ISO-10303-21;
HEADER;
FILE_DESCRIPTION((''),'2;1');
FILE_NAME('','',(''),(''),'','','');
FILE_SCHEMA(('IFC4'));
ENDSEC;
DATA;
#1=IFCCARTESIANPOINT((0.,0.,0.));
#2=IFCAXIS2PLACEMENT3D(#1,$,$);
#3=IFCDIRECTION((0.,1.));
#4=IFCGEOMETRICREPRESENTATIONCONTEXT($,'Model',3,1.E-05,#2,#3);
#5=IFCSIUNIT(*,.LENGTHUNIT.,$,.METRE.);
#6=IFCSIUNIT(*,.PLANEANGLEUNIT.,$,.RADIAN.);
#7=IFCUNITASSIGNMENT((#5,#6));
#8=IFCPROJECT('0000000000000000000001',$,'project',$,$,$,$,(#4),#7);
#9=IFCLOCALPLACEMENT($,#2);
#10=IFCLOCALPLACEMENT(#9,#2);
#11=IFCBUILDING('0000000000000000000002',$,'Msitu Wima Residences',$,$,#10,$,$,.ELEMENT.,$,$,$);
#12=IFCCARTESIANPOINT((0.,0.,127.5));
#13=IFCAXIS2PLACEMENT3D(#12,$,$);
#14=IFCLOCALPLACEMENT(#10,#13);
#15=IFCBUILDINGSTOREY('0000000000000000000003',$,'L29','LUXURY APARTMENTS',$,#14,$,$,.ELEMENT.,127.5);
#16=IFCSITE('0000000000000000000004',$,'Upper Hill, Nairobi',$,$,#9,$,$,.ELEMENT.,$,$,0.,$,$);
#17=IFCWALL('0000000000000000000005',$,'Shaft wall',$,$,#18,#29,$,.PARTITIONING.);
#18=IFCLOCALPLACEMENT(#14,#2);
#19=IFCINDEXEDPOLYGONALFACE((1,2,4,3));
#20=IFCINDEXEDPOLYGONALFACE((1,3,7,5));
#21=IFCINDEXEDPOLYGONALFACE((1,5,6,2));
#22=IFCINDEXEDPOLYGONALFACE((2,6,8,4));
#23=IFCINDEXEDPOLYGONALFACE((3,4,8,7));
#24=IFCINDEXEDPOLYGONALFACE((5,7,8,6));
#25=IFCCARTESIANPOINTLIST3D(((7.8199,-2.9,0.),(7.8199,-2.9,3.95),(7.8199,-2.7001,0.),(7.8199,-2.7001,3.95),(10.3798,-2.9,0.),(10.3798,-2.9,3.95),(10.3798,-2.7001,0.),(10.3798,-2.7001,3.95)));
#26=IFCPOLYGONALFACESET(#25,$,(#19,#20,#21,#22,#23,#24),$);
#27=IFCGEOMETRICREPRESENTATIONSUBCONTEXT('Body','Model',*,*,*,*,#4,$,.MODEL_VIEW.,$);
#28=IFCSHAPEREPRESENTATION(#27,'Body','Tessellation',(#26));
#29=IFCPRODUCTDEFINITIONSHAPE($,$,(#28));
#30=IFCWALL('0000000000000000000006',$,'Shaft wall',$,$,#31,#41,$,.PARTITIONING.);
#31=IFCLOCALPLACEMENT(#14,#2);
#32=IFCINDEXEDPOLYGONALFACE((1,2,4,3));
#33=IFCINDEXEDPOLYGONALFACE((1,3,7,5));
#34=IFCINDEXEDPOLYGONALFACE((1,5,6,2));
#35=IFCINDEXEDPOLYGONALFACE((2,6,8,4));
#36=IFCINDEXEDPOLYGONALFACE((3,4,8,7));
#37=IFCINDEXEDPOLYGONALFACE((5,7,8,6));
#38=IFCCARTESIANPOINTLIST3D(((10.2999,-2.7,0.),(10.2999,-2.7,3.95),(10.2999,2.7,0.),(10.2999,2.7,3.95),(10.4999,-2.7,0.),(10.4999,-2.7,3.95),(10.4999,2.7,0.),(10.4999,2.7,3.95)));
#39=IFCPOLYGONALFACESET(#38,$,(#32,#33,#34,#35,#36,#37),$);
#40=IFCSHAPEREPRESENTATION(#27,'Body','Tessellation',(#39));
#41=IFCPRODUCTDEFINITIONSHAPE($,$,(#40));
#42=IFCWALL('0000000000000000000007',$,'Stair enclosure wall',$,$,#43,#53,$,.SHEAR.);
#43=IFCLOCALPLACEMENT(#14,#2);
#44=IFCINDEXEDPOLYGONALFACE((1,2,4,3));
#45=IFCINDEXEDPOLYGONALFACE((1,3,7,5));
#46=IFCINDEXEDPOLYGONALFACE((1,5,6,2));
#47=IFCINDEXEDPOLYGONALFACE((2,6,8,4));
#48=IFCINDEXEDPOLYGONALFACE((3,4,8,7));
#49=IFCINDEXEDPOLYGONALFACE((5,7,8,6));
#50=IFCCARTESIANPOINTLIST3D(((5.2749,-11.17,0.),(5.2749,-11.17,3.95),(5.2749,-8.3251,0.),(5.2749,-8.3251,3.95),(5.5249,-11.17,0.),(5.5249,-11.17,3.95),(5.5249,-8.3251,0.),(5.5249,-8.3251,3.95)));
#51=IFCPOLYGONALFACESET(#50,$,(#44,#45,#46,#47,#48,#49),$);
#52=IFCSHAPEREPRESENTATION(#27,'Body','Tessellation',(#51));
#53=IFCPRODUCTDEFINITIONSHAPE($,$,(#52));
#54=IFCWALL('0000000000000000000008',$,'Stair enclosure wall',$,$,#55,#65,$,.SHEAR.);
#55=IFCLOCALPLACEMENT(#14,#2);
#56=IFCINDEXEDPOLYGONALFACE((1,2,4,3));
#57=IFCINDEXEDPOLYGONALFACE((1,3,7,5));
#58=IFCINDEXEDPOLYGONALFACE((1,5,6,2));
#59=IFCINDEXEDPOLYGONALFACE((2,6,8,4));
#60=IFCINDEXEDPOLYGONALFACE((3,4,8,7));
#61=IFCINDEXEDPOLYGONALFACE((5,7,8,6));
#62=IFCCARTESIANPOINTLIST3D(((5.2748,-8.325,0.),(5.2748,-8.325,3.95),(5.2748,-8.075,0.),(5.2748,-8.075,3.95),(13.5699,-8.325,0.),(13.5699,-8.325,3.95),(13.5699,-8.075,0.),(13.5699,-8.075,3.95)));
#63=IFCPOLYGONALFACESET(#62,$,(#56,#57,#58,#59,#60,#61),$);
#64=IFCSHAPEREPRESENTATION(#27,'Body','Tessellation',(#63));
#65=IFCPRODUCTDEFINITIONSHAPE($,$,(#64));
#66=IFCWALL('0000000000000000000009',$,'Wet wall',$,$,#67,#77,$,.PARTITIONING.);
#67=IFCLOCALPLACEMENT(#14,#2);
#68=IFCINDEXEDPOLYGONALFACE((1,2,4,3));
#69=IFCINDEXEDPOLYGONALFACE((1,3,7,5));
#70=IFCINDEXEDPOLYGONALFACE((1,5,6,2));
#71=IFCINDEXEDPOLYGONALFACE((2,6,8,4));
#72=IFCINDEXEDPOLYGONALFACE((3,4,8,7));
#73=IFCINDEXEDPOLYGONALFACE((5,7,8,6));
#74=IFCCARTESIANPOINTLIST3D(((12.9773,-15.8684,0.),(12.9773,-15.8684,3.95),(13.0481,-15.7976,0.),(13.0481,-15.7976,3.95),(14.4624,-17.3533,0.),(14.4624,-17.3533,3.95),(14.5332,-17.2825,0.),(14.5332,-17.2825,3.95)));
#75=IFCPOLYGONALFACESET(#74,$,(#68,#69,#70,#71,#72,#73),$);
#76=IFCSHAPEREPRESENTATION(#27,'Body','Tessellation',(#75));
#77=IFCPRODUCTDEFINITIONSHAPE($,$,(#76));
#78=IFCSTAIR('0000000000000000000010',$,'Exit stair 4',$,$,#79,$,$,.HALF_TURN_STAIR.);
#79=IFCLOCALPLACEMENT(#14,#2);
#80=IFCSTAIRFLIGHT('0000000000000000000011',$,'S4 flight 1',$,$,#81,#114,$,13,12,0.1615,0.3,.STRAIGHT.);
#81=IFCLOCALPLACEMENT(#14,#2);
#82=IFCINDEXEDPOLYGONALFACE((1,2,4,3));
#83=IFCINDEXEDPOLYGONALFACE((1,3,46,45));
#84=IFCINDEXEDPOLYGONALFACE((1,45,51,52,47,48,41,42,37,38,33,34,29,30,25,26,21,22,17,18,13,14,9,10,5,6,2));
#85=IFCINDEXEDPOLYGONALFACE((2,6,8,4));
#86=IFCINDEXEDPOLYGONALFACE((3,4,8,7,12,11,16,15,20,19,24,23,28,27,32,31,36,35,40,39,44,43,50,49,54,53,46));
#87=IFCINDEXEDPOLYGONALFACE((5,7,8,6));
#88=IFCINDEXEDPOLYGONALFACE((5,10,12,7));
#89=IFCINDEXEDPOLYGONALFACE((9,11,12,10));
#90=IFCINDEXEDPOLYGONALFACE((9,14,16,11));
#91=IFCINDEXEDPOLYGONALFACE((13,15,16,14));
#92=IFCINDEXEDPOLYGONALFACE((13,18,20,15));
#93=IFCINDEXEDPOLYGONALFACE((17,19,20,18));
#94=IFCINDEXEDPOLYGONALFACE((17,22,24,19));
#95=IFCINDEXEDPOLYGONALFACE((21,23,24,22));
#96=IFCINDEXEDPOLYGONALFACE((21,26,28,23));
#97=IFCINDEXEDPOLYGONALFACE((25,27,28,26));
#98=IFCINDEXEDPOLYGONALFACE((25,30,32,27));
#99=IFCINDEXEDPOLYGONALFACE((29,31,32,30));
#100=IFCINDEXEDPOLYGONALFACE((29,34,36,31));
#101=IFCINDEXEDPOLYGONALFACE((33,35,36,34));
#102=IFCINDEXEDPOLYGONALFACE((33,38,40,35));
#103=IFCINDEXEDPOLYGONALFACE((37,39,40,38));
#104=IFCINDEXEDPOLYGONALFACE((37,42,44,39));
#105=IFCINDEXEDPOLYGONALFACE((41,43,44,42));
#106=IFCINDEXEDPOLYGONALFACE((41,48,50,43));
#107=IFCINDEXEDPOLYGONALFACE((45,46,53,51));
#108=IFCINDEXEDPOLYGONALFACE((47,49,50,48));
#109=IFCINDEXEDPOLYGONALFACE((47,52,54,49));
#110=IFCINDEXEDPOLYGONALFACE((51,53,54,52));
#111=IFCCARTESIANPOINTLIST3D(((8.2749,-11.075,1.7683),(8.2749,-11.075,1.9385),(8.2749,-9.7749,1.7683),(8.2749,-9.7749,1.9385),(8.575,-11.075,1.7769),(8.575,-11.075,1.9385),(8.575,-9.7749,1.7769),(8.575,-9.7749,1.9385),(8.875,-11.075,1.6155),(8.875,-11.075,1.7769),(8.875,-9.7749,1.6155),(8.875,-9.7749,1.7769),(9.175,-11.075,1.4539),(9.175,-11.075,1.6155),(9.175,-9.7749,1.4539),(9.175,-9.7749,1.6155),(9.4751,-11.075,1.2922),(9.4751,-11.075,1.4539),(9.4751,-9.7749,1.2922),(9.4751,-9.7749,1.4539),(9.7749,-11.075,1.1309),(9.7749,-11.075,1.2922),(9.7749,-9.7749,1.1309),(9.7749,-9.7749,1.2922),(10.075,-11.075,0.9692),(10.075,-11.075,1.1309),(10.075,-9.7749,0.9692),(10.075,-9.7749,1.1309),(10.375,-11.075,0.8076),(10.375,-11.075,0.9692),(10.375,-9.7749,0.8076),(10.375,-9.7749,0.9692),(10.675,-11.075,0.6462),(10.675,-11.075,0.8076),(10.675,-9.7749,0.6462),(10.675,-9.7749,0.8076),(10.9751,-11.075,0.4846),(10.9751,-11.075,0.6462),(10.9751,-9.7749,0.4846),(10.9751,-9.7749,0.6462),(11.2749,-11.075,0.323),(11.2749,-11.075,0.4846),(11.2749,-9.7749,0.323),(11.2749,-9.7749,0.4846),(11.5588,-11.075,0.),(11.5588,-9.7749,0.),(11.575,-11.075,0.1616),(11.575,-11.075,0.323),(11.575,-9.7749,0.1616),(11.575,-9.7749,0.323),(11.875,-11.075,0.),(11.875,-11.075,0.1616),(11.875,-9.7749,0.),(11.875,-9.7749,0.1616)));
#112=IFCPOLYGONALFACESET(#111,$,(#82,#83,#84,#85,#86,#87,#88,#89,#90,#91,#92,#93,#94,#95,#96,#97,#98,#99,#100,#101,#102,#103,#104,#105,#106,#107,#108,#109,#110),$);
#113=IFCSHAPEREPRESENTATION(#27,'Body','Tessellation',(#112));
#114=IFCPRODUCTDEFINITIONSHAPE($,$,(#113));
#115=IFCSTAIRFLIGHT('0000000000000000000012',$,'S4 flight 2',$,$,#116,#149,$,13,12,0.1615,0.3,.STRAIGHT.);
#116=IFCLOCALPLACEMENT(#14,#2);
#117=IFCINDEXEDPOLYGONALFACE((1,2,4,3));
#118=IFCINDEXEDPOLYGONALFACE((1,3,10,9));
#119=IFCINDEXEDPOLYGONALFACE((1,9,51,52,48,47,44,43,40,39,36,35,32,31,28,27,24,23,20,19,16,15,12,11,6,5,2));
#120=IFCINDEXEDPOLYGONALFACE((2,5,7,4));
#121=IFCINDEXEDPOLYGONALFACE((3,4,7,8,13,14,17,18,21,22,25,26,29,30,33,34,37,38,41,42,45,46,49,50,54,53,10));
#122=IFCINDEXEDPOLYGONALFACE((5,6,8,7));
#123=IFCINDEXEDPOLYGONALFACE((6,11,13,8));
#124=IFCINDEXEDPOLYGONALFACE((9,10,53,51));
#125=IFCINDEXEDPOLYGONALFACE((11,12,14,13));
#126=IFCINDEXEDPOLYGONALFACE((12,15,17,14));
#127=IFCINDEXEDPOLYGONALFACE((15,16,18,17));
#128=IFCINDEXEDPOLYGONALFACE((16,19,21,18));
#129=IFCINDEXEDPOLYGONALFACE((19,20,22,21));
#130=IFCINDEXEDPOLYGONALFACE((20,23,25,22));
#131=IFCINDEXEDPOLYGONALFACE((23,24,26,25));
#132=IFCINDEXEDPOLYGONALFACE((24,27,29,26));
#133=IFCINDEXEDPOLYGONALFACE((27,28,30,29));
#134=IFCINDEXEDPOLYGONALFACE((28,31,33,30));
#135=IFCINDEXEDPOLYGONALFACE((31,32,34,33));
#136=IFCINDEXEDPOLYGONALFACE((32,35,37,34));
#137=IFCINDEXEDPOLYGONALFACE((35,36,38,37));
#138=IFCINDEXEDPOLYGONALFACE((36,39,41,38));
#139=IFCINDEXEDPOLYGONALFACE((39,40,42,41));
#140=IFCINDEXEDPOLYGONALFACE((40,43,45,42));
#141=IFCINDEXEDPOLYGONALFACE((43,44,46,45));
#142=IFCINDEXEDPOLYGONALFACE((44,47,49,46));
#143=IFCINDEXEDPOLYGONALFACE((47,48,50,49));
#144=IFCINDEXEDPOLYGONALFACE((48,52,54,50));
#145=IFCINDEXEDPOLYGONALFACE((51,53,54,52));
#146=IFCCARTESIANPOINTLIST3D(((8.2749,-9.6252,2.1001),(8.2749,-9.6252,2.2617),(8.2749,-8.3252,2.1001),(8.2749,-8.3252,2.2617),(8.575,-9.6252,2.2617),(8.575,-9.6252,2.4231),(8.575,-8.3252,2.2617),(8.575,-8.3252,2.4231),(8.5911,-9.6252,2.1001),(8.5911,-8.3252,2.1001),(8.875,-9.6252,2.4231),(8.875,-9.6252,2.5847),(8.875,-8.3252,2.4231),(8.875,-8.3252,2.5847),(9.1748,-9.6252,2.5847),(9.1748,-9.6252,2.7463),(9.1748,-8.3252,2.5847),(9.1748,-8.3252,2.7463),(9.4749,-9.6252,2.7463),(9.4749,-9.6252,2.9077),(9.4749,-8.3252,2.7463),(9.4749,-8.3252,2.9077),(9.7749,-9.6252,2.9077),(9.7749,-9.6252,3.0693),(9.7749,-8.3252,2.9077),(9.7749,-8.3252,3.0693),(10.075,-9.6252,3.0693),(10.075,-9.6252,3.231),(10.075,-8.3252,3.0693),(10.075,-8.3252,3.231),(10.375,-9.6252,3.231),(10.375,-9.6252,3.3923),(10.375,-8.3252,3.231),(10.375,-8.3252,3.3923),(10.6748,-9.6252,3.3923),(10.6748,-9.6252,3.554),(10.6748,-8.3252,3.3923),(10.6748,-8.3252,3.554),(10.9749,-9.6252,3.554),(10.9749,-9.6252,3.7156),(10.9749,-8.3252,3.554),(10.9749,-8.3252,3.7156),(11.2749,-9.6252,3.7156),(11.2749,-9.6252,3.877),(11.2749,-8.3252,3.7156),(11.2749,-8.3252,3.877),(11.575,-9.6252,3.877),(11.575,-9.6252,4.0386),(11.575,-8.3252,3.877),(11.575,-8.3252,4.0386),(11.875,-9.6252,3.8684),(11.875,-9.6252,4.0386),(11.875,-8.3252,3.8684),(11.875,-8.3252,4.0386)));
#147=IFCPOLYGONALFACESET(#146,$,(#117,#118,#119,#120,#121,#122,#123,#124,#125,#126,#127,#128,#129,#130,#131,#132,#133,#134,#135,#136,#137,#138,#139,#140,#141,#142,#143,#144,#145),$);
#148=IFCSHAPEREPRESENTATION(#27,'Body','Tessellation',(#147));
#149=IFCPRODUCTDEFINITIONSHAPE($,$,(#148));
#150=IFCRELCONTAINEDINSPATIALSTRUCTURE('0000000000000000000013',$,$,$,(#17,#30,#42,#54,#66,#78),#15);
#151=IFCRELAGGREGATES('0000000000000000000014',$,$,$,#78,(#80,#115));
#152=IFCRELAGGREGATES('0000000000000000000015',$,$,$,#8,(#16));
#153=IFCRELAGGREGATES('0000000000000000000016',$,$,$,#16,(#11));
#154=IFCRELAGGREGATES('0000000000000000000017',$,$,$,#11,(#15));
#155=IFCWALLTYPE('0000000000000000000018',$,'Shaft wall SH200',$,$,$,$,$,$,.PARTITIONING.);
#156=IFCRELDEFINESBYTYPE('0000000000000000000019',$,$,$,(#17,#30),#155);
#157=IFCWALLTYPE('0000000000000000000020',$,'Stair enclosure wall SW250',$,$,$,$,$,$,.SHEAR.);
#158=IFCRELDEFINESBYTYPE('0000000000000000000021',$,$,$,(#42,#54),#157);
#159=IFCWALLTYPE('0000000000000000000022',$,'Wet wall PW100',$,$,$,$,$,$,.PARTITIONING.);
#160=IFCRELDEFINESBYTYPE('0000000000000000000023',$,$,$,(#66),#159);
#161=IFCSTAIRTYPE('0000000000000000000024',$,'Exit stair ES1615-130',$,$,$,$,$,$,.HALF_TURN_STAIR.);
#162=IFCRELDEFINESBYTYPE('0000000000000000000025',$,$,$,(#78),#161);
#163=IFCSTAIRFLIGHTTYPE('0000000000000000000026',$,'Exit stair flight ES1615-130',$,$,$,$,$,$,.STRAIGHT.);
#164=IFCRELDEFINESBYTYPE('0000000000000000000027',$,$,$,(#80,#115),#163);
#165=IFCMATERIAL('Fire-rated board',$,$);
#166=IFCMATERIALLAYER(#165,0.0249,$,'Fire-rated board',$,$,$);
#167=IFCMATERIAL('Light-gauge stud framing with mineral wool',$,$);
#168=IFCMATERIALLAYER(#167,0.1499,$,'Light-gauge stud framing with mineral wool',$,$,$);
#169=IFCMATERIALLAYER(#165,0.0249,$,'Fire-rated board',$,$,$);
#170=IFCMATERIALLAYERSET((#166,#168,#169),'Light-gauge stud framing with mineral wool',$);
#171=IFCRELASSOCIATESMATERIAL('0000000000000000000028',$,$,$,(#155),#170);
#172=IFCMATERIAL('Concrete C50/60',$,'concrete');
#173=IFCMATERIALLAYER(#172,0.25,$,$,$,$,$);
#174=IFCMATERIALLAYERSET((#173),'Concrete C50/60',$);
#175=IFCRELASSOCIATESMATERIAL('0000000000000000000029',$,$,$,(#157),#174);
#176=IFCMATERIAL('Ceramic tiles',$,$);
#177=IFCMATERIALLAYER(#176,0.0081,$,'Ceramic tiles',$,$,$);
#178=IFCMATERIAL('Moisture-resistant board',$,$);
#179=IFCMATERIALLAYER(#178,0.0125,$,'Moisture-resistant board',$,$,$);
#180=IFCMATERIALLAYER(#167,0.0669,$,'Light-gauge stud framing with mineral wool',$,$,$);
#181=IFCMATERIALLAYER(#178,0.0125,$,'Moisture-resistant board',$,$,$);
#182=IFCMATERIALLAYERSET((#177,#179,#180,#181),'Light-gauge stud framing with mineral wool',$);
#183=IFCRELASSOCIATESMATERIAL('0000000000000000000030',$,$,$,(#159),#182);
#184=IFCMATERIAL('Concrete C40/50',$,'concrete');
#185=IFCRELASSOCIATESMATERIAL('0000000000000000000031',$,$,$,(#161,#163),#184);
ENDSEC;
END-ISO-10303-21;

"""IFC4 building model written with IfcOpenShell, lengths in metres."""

from ifc_helpers import new_model, si_unit, direction, frame, frame_2d, origin, place, context, subcontext, project, spatial, polyline, rectangle, outline, extrude, material, layer, layer_set, type_object, element, aggregate, save


model = new_model("IFC4")

# Units and contexts
model_context = context("Model", 3, precision=1e-05, world=origin(), true_north=direction((0.0, 1.0)))
body_context = subcontext(model_context, "Body", "Model", "MODEL_VIEW")
ifc_project = project(units=[si_unit("LENGTHUNIT", "METRE"), si_unit("PLANEANGLEUNIT", "RADIAN")], contexts=[model_context])

# Site, building, storey
site_placement = place(None, origin())
site = spatial("IfcSite", under=ifc_project, at=site_placement, Name="Upper Hill, Nairobi", CompositionType="ELEMENT", RefElevation=0.0)
building_placement = place(site_placement, origin())
building = spatial("IfcBuilding", under=site, at=building_placement, Name="Msitu Wima Residences", CompositionType="ELEMENT")
storey_placement = place(building_placement, frame((0.0, 0.0, 127.5)))
storey = spatial("IfcBuildingStorey", under=building, at=storey_placement, Name="L29", Description="LUXURY APARTMENTS", CompositionType="ELEMENT", Elevation=127.5)

# Shared definitions
ifc_material_1 = material(Name="Concrete C40/50", Category="concrete")

# Walls
ifc_material_2 = material(Name="Fire-rated board")
ifc_layer_1 = layer(ifc_material_2, 0.0249, Name="Fire-rated board")
ifc_material_3 = material(Name="Light-gauge stud framing with mineral wool")
ifc_layer_2 = layer(ifc_material_3, 0.1499, Name="Light-gauge stud framing with mineral wool")
ifc_layer_3 = layer(ifc_material_2, 0.0249, Name="Fire-rated board")
ifc_layer_set_1 = layer_set([ifc_layer_1, ifc_layer_2, ifc_layer_3], Name="Light-gauge stud framing with mineral wool")
wall_type_1 = type_object("IfcWallType", Name="Shaft wall SH200", PredefinedType="PARTITIONING", material=ifc_layer_set_1)
wall_1_placement = place(storey_placement, frame((7.8201, -2.8, 0.0), z_axis=(0.0, 0.0, 1.0), x_axis=(1.0, 0.0, 0.0)))
element("IfcWall", 1, at=wall_1_placement, inside=storey, type_object=wall_type_1, Name="Shaft wall", PredefinedType="PARTITIONING", context=body_context, shape_type="SweptSolid", body=[
    extrude(rectangle(XDim=2.5598, YDim=0.2, at=frame_2d((1.2798, 0.0))), origin(), (0.0, 0.0, 1.0), 3.95),
])
wall_2_placement = place(storey_placement, frame((10.3999, -2.7, 0.0), z_axis=(0.0, 0.0, 1.0), x_axis=(0.0, 1.0, 0.0)))
element("IfcWall", 2, at=wall_2_placement, inside=storey, type_object=wall_type_1, Name="Shaft wall", PredefinedType="PARTITIONING", context=body_context, shape_type="SweptSolid", body=[
    extrude(rectangle(XDim=5.3999, YDim=0.2, at=frame_2d((2.7, 0.0))), origin(), (0.0, 0.0, 1.0), 3.95),
])
ifc_material_4 = material(Name="Concrete C50/60", Category="concrete")
ifc_layer_4 = layer(ifc_material_4, 0.25)
ifc_layer_set_2 = layer_set([ifc_layer_4], Name="Concrete C50/60")
wall_type_2 = type_object("IfcWallType", Name="Stair enclosure wall SW250", PredefinedType="SHEAR", material=ifc_layer_set_2)
wall_3_placement = place(storey_placement, frame((5.3999, -11.1699, 0.0), z_axis=(0.0, 0.0, 1.0), x_axis=(0.0, 1.0, 0.0)))
element("IfcWall", 3, at=wall_3_placement, inside=storey, type_object=wall_type_2, Name="Stair enclosure wall", PredefinedType="SHEAR", context=body_context, shape_type="SweptSolid", body=[
    extrude(rectangle(XDim=2.845, YDim=0.25, at=frame_2d((1.4224, 0.0))), origin(), (0.0, 0.0, 1.0), 3.95),
])
wall_4_placement = place(storey_placement, frame((5.2749, -8.2, 0.0), z_axis=(0.0, 0.0, 1.0), x_axis=(1.0, 0.0, 0.0)))
element("IfcWall", 4, at=wall_4_placement, inside=storey, type_object=wall_type_2, Name="Stair enclosure wall", PredefinedType="SHEAR", context=body_context, shape_type="SweptSolid", body=[
    extrude(rectangle(XDim=8.2952, YDim=0.25, at=frame_2d((4.1475, 0.0))), origin(), (0.0, 0.0, 1.0), 3.95),
])
ifc_material_5 = material(Name="Ceramic tiles")
ifc_layer_5 = layer(ifc_material_5, 0.0081, Name="Ceramic tiles")
ifc_material_6 = material(Name="Moisture-resistant board")
ifc_layer_6 = layer(ifc_material_6, 0.0125, Name="Moisture-resistant board")
ifc_layer_7 = layer(ifc_material_3, 0.0669, Name="Light-gauge stud framing with mineral wool")
ifc_layer_8 = layer(ifc_material_6, 0.0125, Name="Moisture-resistant board")
ifc_layer_set_3 = layer_set([ifc_layer_5, ifc_layer_6, ifc_layer_7, ifc_layer_8], Name="Light-gauge stud framing with mineral wool")
wall_type_3 = type_object("IfcWallType", Name="Wet wall PW100", PredefinedType="PARTITIONING", material=ifc_layer_set_3)
wall_5_placement = place(storey_placement, frame((13.0127, -15.833, 0.0), z_axis=(0.0, 0.0, 1.0), x_axis=(0.707165, -0.707049, 0.0)))
element("IfcWall", 5, at=wall_5_placement, inside=storey, type_object=wall_type_3, Name="Wet wall", PredefinedType="PARTITIONING", context=body_context, shape_type="SweptSolid", body=[
    extrude(rectangle(XDim=2.1001, YDim=0.1001, at=frame_2d((1.05, 0.0))), origin(), (0.0, 0.0, 1.0), 3.95),
])

# Stair, stair flights
stair_type = type_object("IfcStairType", Name="Exit stair ES1615-130", PredefinedType="HALF_TURN_STAIR", material=ifc_material_1)
stair_placement = place(storey_placement, origin())
stair = element("IfcStair", 6, at=stair_placement, inside=storey, type_object=stair_type, Name="Exit stair 4", PredefinedType="HALF_TURN_STAIR")
stair_flight_type = type_object("IfcStairFlightType", Name="Exit stair flight ES1615-130", PredefinedType="STRAIGHT", material=ifc_material_1)
stair_flight_1_placement = place(storey_placement, frame((11.875, -10.425, 0.0), z_axis=(0.0, 0.0, 1.0), x_axis=(-1.0, 0.0, 0.0)))
stair_flight_1 = element("IfcStairFlight", 7, at=stair_flight_1_placement, type_object=stair_flight_type, Name="S4 flight 1", NumberOfRisers=13, NumberOfTreads=12, PredefinedType="STRAIGHT", RiserHeight=0.1615, TreadLength=0.3, context=body_context, shape_type="SweptSolid", body=[
    extrude(outline(polyline([(0.0, 0.0), (0.0, 0.1616), (0.3, 0.1616), (0.3, 0.323), (0.6001, 0.323), (0.6001, 0.4846), (0.8999, 0.4846), (0.8999, 0.6462), (1.2, 0.6462), (1.2, 0.8076), (1.5, 0.8076), (1.5, 0.9692), (1.8, 0.9692), (1.8, 1.1309), (2.1001, 1.1309), (2.1001, 1.2922), (2.3999, 1.2922), (2.3999, 1.4539), (2.7, 1.4539), (2.7, 1.6155), (3.0, 1.6155), (3.0, 1.7769), (3.3, 1.7769), (3.3, 1.9385), (3.6001, 1.9385), (3.6001, 2.1001), (3.6001, 1.7683), (0.3162, 0.0), (0.0, 0.0)])), frame((0.0, 0.6499, 0.0), z_axis=(0.0, -1.0, 0.0), x_axis=(1.0, 0.0, 0.0)), (0.0, 0.0, 1.0), 1.3),
])
stair_flight_2_placement = place(storey_placement, frame((8.2749, -8.9751, 2.1001), z_axis=(0.0, 0.0, 1.0), x_axis=(1.0, 0.0, 0.0)))
stair_flight_2 = element("IfcStairFlight", 8, at=stair_flight_2_placement, type_object=stair_flight_type, Name="S4 flight 2", NumberOfRisers=13, NumberOfTreads=12, PredefinedType="STRAIGHT", RiserHeight=0.1615, TreadLength=0.3, context=body_context, shape_type="SweptSolid", body=[
    extrude(outline(polyline([(0.0, 0.0), (0.0, 0.1616), (0.3, 0.1616), (0.3, 0.323), (0.6001, 0.323), (0.6001, 0.4846), (0.8999, 0.4846), (0.8999, 0.6462), (1.2, 0.6462), (1.2, 0.8076), (1.5, 0.8076), (1.5, 0.9692), (1.8, 0.9692), (1.8, 1.1309), (2.1001, 1.1309), (2.1001, 1.2922), (2.3999, 1.2922), (2.3999, 1.4539), (2.7, 1.4539), (2.7, 1.6155), (3.0, 1.6155), (3.0, 1.7769), (3.3, 1.7769), (3.3, 1.9385), (3.6001, 1.9385), (3.6001, 2.1001), (3.6001, 1.7683), (0.3162, 0.0), (0.0, 0.0)])), frame((0.0, 0.6499, 0.0), z_axis=(0.0, -1.0, 0.0), x_axis=(1.0, 0.0, 0.0)), (0.0, 0.0, 1.0), 1.3),
])
aggregate(stair, [stair_flight_1, stair_flight_2])

save(model, "model.ifc")
